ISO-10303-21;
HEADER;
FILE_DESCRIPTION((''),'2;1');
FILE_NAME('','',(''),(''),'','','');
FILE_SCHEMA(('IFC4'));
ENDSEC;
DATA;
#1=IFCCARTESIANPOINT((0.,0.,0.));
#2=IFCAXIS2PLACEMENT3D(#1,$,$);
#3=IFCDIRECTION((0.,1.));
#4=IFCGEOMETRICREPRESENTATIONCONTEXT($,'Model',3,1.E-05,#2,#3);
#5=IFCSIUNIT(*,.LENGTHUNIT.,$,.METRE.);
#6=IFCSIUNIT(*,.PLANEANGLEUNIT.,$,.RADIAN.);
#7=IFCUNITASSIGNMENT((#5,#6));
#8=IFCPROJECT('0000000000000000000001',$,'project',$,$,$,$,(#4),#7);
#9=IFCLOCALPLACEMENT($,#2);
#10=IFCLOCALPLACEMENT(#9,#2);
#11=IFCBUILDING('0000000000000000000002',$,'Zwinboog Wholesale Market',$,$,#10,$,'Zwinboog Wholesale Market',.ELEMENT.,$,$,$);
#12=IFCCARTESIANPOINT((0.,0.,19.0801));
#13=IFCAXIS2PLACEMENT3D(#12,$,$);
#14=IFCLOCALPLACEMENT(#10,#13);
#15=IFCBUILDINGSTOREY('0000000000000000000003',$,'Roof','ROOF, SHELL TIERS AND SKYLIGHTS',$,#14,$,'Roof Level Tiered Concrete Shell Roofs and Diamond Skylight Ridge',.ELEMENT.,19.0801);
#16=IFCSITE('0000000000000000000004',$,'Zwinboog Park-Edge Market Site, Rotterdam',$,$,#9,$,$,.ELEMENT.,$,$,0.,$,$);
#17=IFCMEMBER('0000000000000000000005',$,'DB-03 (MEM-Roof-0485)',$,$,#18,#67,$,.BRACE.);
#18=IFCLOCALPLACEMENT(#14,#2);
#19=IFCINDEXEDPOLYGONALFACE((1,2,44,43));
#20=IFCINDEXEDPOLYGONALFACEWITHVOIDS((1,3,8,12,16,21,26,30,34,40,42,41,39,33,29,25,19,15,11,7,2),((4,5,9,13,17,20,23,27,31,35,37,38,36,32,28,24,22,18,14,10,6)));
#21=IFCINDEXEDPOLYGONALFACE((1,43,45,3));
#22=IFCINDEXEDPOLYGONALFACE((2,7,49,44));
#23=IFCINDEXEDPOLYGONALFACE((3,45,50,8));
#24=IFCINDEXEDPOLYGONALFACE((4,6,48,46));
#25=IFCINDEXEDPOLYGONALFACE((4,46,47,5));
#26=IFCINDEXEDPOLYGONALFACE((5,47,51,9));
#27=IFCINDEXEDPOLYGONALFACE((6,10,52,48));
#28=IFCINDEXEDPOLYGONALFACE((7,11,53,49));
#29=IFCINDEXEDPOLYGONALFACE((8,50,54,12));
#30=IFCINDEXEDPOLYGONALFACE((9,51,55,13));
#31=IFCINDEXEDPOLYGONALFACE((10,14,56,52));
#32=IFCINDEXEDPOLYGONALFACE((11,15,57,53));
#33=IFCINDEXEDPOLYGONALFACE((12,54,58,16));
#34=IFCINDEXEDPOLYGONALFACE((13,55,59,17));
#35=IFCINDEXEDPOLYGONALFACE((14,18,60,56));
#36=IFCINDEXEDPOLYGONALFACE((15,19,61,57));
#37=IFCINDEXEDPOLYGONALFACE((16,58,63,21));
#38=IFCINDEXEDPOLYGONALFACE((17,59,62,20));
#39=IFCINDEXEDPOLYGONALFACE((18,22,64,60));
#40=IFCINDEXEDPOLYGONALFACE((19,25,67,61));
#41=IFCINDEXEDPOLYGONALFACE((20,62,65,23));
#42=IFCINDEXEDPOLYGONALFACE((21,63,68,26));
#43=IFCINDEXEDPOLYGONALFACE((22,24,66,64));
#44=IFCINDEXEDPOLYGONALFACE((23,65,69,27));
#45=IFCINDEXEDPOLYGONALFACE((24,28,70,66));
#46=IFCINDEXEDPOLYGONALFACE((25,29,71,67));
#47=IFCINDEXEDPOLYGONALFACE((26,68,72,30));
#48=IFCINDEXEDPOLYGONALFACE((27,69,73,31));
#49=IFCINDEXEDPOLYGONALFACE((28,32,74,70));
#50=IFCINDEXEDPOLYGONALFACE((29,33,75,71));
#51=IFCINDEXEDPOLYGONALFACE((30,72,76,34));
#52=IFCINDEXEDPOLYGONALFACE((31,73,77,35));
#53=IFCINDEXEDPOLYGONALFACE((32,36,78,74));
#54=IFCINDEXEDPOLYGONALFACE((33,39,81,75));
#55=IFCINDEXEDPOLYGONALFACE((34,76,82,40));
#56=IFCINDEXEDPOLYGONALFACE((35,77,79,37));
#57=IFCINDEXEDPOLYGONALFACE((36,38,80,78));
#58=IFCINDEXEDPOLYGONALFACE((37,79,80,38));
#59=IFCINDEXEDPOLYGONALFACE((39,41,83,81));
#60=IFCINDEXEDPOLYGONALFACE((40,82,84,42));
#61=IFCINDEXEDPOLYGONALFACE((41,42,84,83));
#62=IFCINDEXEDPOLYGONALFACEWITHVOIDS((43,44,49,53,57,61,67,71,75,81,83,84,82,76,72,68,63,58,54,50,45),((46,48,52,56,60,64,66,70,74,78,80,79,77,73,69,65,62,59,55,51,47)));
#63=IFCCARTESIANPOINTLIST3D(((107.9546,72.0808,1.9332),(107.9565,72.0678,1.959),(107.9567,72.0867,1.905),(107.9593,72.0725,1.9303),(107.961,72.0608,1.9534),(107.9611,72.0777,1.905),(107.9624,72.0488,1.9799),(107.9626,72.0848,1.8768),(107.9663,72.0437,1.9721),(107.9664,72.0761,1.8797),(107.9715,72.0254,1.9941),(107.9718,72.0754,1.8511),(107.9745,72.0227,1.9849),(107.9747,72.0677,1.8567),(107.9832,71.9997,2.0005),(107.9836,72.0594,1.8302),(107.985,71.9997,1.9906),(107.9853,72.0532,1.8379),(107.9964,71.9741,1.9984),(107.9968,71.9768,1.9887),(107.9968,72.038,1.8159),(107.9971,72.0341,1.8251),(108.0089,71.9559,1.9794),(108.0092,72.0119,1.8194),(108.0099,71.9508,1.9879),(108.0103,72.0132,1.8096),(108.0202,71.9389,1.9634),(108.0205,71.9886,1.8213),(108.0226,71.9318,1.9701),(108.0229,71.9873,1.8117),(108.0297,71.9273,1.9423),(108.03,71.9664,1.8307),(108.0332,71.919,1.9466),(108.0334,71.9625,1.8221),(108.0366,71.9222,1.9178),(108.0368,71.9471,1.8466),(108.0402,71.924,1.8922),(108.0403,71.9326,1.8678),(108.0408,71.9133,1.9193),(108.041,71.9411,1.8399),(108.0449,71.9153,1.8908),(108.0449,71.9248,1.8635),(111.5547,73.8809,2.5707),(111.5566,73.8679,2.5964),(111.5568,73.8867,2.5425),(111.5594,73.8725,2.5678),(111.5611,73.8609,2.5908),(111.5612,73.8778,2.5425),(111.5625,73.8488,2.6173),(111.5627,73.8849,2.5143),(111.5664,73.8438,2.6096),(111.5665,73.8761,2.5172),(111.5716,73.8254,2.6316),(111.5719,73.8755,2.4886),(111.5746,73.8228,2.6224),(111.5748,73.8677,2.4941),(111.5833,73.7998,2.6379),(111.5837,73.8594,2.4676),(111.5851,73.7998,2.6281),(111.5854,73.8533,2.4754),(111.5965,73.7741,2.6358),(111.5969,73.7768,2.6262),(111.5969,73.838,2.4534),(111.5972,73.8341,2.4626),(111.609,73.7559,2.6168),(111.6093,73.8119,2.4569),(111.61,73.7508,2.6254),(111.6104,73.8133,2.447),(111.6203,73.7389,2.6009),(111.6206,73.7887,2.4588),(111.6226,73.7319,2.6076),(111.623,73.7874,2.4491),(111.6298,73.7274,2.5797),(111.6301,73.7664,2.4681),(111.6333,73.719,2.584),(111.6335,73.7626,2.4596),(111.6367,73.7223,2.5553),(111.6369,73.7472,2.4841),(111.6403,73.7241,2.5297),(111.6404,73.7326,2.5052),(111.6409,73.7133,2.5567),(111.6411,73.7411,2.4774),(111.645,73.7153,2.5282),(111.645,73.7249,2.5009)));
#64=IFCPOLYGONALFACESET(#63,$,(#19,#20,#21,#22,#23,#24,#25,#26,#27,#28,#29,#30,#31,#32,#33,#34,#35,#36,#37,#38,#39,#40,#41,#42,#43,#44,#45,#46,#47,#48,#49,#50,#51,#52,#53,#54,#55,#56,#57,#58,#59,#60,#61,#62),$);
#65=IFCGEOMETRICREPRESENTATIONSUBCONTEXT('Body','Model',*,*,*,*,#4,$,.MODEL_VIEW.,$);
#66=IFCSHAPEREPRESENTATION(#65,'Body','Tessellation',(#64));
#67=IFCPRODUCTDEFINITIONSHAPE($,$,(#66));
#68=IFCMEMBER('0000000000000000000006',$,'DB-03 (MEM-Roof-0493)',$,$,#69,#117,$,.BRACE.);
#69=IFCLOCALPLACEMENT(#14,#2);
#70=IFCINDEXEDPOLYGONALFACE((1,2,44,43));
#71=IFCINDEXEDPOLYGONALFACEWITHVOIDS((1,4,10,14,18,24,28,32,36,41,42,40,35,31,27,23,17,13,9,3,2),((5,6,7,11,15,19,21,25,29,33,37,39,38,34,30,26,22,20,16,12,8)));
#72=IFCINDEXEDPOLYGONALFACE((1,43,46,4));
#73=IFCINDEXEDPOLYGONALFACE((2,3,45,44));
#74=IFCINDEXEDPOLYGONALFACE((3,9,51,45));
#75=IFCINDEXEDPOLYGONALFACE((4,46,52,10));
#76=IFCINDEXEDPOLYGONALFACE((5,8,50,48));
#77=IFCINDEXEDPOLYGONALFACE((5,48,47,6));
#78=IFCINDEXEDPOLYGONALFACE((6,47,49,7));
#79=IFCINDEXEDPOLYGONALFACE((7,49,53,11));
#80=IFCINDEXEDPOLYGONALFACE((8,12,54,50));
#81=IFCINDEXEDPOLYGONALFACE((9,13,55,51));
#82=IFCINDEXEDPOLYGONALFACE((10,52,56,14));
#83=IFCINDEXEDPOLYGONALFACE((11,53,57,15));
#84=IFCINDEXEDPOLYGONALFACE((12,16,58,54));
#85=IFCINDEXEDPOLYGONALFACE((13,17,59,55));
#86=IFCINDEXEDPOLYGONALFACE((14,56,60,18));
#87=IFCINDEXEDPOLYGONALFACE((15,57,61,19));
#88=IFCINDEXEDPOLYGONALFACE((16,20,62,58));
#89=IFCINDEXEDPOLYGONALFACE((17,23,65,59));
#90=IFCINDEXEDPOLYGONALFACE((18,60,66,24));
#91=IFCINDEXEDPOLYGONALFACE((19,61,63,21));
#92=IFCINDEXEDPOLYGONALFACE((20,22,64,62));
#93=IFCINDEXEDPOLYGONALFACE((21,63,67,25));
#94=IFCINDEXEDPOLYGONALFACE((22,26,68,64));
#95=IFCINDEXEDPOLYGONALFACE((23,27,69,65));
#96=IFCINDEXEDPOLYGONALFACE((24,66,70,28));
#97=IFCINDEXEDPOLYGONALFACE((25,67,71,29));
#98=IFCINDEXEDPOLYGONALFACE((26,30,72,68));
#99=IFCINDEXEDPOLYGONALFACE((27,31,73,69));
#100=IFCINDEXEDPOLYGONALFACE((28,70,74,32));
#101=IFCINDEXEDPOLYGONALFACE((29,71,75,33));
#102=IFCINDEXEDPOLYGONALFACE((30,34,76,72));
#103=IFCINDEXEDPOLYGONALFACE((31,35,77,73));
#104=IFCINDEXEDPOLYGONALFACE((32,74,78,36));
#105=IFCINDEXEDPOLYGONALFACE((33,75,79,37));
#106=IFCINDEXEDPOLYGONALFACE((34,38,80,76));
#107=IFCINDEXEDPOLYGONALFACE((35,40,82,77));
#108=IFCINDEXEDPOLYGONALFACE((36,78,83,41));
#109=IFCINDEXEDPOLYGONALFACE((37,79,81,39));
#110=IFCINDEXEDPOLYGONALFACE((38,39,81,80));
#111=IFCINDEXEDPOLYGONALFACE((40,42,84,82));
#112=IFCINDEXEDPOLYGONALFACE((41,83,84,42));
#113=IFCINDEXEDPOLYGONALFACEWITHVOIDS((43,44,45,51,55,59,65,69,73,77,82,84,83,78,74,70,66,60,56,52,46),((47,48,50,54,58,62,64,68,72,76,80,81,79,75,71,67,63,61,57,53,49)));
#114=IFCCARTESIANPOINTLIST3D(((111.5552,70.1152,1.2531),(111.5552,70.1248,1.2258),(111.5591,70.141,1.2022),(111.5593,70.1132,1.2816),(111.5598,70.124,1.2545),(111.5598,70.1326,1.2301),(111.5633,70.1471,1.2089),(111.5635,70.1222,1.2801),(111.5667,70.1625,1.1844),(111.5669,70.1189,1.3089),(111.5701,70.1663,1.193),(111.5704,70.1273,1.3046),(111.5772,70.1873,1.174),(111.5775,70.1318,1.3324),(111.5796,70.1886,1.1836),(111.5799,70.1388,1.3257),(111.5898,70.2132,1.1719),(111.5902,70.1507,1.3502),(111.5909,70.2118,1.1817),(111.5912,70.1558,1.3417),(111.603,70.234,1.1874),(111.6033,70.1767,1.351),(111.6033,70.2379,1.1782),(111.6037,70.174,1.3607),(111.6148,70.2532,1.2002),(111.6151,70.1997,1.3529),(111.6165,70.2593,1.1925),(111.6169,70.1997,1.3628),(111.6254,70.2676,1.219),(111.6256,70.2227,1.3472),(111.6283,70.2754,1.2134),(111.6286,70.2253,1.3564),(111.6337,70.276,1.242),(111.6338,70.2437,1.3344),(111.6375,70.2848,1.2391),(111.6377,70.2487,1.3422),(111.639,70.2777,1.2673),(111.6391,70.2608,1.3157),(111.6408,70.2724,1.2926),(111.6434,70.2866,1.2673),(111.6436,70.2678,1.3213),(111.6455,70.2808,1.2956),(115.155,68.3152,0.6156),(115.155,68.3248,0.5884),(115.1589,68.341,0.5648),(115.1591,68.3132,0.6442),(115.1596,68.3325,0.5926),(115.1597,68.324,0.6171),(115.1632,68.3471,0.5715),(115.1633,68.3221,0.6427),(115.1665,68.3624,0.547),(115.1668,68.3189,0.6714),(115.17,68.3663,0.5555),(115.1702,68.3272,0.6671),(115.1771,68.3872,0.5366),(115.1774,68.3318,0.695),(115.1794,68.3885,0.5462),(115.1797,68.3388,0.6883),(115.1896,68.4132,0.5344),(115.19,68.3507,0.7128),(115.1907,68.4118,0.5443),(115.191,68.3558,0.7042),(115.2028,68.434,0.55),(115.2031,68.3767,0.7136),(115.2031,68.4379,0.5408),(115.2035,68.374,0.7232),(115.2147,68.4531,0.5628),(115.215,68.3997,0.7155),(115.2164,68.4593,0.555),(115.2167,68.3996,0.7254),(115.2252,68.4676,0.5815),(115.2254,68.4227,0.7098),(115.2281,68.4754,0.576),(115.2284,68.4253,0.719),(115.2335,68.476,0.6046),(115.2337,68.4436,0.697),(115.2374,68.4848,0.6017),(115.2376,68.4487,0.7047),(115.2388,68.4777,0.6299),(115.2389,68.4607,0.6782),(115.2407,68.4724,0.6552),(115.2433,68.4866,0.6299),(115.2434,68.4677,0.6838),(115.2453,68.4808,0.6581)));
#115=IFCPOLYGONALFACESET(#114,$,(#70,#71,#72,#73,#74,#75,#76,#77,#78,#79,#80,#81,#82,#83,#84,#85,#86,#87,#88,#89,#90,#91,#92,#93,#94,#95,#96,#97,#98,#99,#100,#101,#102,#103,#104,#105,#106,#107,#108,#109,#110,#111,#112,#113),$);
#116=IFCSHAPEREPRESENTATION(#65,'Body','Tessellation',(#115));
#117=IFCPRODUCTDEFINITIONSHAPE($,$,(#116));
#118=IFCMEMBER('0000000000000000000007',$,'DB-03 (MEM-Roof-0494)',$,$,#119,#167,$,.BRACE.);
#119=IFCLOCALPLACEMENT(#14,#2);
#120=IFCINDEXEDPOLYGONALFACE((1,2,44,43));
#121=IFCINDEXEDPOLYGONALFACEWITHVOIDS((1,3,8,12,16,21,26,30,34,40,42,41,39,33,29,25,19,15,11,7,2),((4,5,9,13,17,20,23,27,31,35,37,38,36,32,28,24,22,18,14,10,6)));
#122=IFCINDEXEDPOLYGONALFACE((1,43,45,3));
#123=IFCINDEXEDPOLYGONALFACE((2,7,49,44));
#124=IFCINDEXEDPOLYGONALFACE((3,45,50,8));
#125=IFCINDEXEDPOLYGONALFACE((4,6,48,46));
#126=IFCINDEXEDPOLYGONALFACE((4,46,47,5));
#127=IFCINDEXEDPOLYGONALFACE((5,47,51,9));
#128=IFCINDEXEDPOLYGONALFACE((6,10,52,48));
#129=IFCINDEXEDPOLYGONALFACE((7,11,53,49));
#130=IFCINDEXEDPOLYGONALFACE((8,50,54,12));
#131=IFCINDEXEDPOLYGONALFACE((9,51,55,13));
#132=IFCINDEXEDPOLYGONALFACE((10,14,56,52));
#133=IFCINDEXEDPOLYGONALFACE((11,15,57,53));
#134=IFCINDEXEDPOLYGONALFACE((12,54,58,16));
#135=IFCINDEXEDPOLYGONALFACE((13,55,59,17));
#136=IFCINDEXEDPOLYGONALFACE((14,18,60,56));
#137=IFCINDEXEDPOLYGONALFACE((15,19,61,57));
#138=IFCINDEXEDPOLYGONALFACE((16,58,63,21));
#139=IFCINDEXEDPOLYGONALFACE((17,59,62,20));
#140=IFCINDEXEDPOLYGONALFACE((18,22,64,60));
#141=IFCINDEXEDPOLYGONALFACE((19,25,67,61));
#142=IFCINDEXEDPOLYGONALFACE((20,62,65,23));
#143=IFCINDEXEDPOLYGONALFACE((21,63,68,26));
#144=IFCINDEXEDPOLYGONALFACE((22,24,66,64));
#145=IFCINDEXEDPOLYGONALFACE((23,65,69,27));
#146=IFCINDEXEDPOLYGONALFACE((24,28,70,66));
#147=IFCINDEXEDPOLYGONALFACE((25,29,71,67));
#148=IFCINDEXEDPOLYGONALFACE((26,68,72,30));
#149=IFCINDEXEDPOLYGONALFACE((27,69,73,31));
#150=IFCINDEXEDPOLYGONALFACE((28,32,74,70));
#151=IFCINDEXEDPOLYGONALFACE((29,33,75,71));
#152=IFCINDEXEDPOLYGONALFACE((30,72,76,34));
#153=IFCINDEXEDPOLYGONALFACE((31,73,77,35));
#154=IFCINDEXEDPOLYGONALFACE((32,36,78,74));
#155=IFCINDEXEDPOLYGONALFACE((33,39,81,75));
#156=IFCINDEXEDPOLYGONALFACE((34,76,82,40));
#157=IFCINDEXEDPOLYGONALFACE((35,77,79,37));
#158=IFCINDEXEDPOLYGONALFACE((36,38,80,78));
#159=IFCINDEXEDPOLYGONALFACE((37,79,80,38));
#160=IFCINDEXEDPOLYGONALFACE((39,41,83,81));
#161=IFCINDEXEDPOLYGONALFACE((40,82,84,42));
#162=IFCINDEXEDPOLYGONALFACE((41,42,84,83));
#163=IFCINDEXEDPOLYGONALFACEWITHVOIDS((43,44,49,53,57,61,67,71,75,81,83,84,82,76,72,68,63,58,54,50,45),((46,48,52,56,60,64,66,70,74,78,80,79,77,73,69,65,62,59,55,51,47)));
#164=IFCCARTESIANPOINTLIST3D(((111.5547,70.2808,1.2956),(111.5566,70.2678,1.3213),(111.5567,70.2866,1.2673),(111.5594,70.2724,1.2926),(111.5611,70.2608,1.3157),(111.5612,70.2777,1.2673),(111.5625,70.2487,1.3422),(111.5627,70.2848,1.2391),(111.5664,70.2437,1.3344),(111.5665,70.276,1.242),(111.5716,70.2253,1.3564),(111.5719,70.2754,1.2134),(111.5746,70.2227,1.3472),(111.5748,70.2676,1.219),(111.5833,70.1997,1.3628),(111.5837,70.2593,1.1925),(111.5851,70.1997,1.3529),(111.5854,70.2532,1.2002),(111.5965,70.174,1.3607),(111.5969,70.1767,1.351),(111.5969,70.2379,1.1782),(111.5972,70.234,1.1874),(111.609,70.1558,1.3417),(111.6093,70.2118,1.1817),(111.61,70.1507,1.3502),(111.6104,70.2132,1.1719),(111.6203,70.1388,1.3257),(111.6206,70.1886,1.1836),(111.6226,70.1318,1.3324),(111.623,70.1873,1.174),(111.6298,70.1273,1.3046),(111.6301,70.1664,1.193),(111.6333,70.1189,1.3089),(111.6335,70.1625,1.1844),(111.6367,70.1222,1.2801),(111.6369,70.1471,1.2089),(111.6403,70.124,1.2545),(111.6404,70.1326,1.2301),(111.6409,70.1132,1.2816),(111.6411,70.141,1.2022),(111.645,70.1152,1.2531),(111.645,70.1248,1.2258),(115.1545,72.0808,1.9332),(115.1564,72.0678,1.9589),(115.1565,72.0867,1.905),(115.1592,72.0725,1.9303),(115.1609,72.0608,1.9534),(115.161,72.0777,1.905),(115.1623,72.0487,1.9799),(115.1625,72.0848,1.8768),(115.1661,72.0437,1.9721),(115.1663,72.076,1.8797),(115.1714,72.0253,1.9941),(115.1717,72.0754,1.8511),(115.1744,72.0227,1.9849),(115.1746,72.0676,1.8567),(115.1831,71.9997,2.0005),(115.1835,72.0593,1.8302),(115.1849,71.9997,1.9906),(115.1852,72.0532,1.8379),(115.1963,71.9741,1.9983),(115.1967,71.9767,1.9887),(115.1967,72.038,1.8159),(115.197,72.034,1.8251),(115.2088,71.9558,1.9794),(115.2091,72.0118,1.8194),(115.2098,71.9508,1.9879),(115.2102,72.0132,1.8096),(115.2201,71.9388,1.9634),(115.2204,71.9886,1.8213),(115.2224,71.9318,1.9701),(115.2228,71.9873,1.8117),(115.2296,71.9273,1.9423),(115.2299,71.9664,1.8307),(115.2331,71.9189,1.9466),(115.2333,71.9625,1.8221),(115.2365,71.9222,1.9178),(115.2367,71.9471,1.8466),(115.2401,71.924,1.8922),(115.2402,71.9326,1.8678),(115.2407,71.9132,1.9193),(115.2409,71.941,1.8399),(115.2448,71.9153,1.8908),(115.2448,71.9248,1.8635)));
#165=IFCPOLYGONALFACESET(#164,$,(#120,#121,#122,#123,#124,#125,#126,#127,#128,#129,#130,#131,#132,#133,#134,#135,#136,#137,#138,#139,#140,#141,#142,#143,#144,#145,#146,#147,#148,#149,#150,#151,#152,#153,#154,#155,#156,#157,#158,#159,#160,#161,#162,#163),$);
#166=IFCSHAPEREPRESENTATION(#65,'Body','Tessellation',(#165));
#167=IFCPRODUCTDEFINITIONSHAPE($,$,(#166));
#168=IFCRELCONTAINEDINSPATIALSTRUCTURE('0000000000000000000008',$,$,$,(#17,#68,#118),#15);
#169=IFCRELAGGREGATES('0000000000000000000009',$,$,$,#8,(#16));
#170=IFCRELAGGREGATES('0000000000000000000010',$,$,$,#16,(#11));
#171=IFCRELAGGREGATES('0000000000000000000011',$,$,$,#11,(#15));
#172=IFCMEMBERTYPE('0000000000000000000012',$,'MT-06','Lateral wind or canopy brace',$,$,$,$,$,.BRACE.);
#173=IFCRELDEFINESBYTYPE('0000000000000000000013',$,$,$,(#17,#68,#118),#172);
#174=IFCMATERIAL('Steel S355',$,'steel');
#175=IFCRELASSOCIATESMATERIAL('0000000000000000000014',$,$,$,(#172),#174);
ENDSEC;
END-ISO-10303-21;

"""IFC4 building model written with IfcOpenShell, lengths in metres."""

from ifc_helpers import new_model, si_unit, direction, frame, origin, origin_2d, place, context, subcontext, project, spatial, hollow_circle, extrude, material, material_profile, profile_set, type_object, element, save


model = new_model("IFC4")

# Units and contexts
model_context = context("Model", 3, precision=1e-05, world=origin(), true_north=direction((0.0, 1.0)))
body_context = subcontext(model_context, "Body", "Model", "MODEL_VIEW")
ifc_project = project(units=[si_unit("LENGTHUNIT", "METRE"), si_unit("PLANEANGLEUNIT", "RADIAN")], contexts=[model_context])

# Site, building, storey
site_placement = place(None, origin())
site = spatial("IfcSite", under=ifc_project, at=site_placement, Name="Zwinboog Park-Edge Market Site, Rotterdam", CompositionType="ELEMENT", RefElevation=0.0)
building_placement = place(site_placement, origin())
building = spatial("IfcBuilding", under=site, at=building_placement, Name="Zwinboog Wholesale Market", LongName="Zwinboog Wholesale Market", CompositionType="ELEMENT")
storey_placement = place(building_placement, frame((0.0, 0.0, 19.0801)))
storey = spatial("IfcBuildingStorey", under=building, at=storey_placement, Name="Roof", Description="ROOF, SHELL TIERS AND SKYLIGHTS", LongName="Roof Level Tiered Concrete Shell Roofs and Diamond Skylight Ridge", CompositionType="ELEMENT", Elevation=19.0801)

# Members
ifc_material_1 = material(Name="Steel S355", Category="steel")
ifc_material_profile_1 = material_profile(ifc_material_1, hollow_circle(Radius=0.0969, WallThickness=0.01, at=origin_2d()), Name="CHS 193.7x10")
ifc_profile_set_1 = profile_set([ifc_material_profile_1], Name="Steel S355")
member_type_1 = type_object("IfcMemberType", Name="MT-06", Description="Lateral wind or canopy brace", PredefinedType="BRACE", material=ifc_profile_set_1)
for number, where, z_axis, x_axis, name in (
    (1, (108.0, 72.0, 1.905), (0.883417, 0.441709, 0.156422), (-0.447214, 0.894427, 0.0), "DB-03 (MEM-Roof-0485)"),
):
    element("IfcMember", number, at=place(storey_placement, frame(where, z_axis=z_axis, x_axis=x_axis)), inside=storey, type_object=member_type_1, Name=name, PredefinedType="BRACE", context=body_context, shape_type="SweptSolid", body=[
        extrude(hollow_circle(Radius=0.0969, WallThickness=0.01, at=origin_2d()), origin(), (0.0, 0.0, 1.0), 4.0752),
    ])
for number, where, z_axis, x_axis, name in (
    (2, (111.6001, 70.2, 1.2673), (0.883404, -0.441732, -0.15643), (0.447238, 0.894415, 0.0), "DB-03 (MEM-Roof-0493)"),
    (3, (111.6001, 70.2, 1.2673), (0.883396, 0.441728, 0.156489), (-0.447238, 0.894415, 0.0), "DB-03 (MEM-Roof-0494)"),
):
    element("IfcMember", number, at=place(storey_placement, frame(where, z_axis=z_axis, x_axis=x_axis)), inside=storey, type_object=member_type_1, Name=name, PredefinedType="BRACE", context=body_context, shape_type="SweptSolid", body=[
        extrude(hollow_circle(Radius=0.0969, WallThickness=0.01, at=origin_2d()), origin(), (0.0, 0.0, 1.0), 4.075),
    ])

save(model, "model.ifc")
